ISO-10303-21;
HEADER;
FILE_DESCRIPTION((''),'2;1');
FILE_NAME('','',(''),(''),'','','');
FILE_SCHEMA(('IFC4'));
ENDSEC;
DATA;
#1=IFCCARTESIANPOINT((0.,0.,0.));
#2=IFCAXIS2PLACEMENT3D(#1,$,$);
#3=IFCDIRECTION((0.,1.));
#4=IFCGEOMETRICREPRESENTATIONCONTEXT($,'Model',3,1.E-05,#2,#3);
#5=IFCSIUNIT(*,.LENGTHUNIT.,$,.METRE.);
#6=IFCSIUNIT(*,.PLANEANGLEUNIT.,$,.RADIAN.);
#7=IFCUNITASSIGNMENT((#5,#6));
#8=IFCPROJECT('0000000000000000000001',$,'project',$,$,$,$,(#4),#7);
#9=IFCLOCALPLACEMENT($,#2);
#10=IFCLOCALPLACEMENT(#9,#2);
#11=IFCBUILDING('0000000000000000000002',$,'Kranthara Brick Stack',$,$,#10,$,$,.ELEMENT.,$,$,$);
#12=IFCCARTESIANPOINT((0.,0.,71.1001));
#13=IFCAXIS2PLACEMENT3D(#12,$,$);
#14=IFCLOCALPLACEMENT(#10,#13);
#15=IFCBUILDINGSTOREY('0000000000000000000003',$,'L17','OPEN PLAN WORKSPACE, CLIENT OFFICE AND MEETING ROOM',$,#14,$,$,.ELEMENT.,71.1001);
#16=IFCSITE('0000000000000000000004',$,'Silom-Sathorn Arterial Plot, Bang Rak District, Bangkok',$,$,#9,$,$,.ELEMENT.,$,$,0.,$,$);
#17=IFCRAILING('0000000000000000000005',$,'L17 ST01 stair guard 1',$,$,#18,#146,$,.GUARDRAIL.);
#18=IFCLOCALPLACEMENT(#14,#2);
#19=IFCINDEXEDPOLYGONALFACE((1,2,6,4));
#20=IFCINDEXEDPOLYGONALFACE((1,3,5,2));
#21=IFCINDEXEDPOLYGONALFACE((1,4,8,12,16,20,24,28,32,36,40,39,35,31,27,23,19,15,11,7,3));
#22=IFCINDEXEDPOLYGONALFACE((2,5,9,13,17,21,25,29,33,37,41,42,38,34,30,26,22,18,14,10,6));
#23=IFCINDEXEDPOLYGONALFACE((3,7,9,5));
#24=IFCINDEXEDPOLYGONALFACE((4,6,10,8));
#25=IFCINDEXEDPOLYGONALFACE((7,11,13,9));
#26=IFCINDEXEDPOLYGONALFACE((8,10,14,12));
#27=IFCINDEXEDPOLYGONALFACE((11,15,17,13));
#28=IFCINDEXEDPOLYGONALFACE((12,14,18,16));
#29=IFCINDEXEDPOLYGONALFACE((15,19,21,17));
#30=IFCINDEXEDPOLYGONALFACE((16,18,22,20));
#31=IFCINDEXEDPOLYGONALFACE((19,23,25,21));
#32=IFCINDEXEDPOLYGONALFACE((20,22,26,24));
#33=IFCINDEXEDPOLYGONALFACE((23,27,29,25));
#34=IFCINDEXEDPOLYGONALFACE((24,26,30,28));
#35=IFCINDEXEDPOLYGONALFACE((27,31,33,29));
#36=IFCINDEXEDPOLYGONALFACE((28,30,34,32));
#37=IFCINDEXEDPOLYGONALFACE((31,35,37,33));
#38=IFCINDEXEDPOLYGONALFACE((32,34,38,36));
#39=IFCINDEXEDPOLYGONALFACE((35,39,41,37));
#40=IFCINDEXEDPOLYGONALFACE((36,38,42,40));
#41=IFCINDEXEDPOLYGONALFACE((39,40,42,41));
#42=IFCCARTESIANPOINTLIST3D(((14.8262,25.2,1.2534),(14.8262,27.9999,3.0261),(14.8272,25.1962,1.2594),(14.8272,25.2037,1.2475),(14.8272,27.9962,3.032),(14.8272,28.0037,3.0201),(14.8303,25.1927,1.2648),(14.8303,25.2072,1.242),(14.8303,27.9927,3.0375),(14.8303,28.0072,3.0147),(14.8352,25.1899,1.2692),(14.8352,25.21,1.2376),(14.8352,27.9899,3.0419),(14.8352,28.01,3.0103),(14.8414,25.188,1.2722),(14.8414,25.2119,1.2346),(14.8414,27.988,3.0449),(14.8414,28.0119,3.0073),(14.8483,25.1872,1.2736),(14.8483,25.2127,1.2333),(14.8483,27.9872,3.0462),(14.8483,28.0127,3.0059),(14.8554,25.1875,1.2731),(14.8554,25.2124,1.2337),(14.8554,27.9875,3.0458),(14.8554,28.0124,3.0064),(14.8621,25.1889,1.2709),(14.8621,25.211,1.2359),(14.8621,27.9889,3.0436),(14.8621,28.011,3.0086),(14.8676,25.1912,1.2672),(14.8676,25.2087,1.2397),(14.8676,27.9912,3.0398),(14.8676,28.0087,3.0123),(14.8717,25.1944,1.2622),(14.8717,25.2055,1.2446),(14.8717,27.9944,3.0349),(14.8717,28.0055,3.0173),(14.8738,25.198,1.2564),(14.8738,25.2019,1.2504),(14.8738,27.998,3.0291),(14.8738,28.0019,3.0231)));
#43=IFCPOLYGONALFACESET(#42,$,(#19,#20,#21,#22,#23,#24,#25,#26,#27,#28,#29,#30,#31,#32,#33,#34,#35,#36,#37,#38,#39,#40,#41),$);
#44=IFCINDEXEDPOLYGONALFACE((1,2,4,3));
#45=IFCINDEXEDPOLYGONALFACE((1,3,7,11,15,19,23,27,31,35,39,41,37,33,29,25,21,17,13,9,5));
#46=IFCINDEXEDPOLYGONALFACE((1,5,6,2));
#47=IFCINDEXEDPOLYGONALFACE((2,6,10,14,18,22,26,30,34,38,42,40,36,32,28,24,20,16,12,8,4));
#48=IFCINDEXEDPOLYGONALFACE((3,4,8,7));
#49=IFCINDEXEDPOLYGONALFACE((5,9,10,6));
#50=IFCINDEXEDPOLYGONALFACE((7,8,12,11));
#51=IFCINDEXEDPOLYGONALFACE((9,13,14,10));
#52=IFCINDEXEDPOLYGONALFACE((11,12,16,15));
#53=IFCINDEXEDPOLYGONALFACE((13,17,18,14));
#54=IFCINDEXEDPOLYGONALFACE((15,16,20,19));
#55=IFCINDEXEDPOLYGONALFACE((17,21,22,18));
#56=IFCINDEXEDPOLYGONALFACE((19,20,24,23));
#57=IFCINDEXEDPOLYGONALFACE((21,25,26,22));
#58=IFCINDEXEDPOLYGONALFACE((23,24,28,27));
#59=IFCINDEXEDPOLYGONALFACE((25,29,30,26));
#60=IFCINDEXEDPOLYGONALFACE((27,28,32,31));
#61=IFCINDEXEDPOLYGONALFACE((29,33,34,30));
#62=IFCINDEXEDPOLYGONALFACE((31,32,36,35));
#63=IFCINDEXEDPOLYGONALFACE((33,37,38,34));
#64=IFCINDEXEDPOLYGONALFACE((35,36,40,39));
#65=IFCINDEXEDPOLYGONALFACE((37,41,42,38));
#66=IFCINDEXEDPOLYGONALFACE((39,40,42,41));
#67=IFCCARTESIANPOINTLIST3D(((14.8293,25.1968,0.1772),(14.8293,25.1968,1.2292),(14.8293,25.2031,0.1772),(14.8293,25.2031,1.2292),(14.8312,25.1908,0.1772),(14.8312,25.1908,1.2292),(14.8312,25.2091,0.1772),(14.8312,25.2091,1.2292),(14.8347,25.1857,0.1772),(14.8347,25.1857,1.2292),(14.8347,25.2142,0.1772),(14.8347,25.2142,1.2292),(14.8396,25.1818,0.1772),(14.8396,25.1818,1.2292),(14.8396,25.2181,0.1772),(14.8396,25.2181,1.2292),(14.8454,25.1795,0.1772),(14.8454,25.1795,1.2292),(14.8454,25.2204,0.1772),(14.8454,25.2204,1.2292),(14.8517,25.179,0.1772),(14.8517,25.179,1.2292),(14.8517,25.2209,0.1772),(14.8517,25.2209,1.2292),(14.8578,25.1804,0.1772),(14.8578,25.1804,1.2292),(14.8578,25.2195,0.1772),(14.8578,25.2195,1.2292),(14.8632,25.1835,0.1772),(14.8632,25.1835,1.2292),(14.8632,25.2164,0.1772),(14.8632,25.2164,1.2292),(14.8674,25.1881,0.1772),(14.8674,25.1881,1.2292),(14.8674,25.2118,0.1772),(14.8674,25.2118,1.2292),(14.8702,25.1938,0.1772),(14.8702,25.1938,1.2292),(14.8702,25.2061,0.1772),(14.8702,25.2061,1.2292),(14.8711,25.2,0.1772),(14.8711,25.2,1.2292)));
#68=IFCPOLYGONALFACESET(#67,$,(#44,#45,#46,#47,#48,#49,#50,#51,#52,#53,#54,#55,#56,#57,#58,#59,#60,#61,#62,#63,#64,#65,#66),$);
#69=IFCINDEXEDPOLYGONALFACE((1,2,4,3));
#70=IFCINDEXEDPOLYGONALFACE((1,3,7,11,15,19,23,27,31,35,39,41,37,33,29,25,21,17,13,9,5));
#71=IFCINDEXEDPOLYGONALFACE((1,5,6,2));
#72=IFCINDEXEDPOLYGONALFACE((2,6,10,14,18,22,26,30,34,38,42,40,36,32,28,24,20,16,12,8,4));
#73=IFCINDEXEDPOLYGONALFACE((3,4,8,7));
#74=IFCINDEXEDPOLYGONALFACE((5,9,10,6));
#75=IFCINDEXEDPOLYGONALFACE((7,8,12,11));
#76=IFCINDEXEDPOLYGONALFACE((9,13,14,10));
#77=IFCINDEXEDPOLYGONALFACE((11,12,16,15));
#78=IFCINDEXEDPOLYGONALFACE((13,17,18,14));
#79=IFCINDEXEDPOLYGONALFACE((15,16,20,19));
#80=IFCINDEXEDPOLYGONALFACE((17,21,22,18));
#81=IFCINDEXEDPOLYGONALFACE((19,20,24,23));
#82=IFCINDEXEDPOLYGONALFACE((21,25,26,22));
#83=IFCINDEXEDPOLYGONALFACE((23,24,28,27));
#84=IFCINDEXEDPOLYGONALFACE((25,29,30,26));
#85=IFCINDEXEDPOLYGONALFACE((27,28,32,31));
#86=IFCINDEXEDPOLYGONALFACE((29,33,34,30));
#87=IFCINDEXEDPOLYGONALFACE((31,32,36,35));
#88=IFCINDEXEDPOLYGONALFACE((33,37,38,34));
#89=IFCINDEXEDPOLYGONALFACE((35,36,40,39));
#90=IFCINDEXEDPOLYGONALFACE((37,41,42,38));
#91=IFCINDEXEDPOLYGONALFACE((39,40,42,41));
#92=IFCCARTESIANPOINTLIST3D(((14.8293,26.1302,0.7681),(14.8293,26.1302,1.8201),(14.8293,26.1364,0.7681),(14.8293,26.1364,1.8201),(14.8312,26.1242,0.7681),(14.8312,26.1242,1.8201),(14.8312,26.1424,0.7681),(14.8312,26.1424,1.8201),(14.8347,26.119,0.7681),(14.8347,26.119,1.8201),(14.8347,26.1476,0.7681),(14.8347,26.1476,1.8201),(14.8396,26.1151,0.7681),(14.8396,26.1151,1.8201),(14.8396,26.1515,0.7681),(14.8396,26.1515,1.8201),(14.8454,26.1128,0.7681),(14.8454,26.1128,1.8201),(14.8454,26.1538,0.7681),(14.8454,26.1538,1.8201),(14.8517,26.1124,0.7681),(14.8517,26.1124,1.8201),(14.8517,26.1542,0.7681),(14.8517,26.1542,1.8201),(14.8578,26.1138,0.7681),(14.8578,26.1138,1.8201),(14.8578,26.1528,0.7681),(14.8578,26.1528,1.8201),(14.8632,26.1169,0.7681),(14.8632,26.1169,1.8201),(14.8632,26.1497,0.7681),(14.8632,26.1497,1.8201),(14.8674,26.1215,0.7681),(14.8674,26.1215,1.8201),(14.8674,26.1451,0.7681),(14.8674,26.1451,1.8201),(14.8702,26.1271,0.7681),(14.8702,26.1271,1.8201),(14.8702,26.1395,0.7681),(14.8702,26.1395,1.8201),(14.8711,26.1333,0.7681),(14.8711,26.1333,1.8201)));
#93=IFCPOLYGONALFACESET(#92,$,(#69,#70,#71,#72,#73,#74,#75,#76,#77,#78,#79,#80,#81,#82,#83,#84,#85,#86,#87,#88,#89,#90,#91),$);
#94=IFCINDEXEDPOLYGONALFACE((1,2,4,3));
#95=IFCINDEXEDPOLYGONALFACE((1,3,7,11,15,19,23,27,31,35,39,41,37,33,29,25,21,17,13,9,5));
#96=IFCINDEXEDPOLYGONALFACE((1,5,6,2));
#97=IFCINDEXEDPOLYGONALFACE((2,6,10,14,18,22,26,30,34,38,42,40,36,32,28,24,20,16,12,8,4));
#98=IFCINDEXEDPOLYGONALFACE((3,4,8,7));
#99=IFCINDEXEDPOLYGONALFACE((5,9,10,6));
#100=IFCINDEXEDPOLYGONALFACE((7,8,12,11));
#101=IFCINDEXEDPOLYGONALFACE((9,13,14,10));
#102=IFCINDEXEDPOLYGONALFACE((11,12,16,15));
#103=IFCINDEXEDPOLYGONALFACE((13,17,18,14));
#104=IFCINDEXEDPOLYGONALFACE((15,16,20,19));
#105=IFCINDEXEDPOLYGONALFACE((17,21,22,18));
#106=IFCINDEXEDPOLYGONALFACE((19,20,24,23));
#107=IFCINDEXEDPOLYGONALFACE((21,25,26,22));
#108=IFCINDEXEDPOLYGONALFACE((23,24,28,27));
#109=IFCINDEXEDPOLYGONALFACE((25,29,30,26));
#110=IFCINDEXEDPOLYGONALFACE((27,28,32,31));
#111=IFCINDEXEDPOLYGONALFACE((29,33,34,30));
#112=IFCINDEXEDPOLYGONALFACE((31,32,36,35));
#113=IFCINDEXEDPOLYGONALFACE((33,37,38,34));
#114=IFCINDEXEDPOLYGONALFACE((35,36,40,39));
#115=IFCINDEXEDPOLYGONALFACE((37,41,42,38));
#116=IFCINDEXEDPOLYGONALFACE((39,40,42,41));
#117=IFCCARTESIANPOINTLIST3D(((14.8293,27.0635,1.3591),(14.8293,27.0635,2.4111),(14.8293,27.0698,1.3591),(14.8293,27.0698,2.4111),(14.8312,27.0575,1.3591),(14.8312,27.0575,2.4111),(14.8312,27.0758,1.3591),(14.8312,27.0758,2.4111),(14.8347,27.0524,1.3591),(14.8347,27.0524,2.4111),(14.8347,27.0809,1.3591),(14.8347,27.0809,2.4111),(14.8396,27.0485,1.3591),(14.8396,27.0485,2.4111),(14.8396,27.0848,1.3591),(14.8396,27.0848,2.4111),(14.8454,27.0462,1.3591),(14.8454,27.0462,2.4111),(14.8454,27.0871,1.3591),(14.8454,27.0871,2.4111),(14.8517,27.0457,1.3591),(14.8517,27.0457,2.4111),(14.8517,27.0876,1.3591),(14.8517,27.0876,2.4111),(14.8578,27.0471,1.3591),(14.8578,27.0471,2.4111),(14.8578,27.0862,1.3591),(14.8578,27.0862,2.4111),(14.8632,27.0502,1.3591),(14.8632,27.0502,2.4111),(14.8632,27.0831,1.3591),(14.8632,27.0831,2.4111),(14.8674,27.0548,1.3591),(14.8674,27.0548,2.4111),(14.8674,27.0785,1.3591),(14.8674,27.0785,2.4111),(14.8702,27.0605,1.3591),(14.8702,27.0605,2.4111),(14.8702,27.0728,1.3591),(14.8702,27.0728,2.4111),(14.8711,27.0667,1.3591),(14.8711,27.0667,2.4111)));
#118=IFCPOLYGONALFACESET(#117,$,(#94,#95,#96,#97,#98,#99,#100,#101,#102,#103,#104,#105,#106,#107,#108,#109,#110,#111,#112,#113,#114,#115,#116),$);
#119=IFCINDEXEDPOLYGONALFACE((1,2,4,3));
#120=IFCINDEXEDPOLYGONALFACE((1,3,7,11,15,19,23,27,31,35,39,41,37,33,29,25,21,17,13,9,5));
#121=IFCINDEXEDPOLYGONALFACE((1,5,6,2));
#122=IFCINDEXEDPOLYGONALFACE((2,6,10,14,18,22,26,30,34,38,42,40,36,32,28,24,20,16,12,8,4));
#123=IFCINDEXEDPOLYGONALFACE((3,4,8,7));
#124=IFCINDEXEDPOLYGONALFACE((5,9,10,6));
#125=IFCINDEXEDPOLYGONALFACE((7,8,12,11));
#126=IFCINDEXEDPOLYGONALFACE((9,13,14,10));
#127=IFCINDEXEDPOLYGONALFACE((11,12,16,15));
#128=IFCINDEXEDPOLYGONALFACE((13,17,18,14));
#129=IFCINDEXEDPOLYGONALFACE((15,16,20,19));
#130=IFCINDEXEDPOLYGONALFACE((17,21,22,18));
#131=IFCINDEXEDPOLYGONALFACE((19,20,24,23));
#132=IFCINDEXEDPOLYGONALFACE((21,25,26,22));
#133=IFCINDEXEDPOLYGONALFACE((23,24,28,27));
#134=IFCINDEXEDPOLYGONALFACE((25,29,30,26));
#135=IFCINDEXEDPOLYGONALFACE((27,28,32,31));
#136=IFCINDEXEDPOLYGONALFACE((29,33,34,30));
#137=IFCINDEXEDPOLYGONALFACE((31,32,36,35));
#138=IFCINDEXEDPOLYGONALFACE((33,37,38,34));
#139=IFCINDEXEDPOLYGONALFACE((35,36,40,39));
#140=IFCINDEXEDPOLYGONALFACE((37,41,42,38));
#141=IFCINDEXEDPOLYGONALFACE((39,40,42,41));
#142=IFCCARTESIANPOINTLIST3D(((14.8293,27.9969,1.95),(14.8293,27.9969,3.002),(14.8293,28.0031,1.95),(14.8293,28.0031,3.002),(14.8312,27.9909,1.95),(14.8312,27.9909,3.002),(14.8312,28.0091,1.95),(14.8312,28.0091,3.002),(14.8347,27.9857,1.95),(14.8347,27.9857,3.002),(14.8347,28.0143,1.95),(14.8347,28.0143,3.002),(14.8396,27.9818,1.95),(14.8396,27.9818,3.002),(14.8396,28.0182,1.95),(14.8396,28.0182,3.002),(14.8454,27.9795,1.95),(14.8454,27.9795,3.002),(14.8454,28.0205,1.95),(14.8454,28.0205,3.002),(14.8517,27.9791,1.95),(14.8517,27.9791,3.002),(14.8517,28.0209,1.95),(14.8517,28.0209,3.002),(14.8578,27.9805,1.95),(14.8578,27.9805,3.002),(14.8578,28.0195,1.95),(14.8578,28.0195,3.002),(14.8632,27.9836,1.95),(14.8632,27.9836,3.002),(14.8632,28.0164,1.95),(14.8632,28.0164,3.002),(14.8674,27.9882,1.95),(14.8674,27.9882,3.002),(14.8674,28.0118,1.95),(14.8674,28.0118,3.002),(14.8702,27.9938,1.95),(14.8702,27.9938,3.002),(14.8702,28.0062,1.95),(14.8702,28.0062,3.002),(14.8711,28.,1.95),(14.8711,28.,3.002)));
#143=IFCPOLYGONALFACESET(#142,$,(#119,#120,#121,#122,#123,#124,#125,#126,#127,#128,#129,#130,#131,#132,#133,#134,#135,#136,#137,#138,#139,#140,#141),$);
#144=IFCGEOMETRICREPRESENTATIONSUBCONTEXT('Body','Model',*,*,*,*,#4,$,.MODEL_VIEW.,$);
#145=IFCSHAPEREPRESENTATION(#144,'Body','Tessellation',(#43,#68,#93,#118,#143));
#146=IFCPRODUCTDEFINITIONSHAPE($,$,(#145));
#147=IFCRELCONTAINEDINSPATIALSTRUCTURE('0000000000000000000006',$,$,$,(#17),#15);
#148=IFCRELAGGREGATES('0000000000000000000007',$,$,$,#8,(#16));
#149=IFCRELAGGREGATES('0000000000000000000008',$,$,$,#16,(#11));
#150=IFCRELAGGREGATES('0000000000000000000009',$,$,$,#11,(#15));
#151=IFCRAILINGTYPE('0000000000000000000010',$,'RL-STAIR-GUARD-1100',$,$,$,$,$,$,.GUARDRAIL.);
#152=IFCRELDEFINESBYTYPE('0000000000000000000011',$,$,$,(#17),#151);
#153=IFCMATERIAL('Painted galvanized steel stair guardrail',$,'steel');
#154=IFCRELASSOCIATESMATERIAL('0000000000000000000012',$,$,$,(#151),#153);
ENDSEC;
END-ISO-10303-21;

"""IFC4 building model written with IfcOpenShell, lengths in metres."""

from ifc_helpers import new_model, si_unit, direction, frame, origin, origin_2d, place, context, subcontext, project, spatial, circle, extrude, material, type_object, element, save


model = new_model("IFC4")

# Units and contexts
model_context = context("Model", 3, precision=1e-05, world=origin(), true_north=direction((0.0, 1.0)))
body_context = subcontext(model_context, "Body", "Model", "MODEL_VIEW")
ifc_project = project(units=[si_unit("LENGTHUNIT", "METRE"), si_unit("PLANEANGLEUNIT", "RADIAN")], contexts=[model_context])

# Site, building, storey
site_placement = place(None, origin())
site = spatial("IfcSite", under=ifc_project, at=site_placement, Name="Silom-Sathorn Arterial Plot, Bang Rak District, Bangkok", CompositionType="ELEMENT", RefElevation=0.0)
building_placement = place(site_placement, origin())
building = spatial("IfcBuilding", under=site, at=building_placement, Name="Kranthara Brick Stack", CompositionType="ELEMENT")
storey_placement = place(building_placement, frame((0.0, 0.0, 71.1001)))
storey = spatial("IfcBuildingStorey", under=building, at=storey_placement, Name="L17", Description="OPEN PLAN WORKSPACE, CLIENT OFFICE AND MEETING ROOM", CompositionType="ELEMENT", Elevation=71.1001)

# Railing
ifc_material_1 = material(Name="Painted galvanized steel stair guardrail", Category="steel")
railing_type_1 = type_object("IfcRailingType", Name="RL-STAIR-GUARD-1100", PredefinedType="GUARDRAIL", material=ifc_material_1)
railing_1_placement = place(storey_placement, frame((14.8501, 25.2, 0.1772)))
element("IfcRailing", 1, at=railing_1_placement, inside=storey, type_object=railing_type_1, Name="L17 ST01 stair guard 1", PredefinedType="GUARDRAIL", context=body_context, shape_type="SweptSolid", body=[
    extrude(circle(Radius=0.0239, at=origin_2d()), frame((0.0, 0.0, 1.0762), z_axis=(0.0, 0.844909, 0.53491), x_axis=(-1.0, 0.0, 0.0)), (0.0, 0.0, 1.0), 3.314),
    extrude(circle(Radius=0.021, at=origin_2d()), origin(), (0.0, 0.0, 1.0), 1.052),
    extrude(circle(Radius=0.021, at=origin_2d()), frame((0.0, 0.9333, 0.5908)), (0.0, 0.0, 1.0), 1.052),
    extrude(circle(Radius=0.021, at=origin_2d()), frame((0.0, 1.8667, 1.1819)), (0.0, 0.0, 1.0), 1.052),
    extrude(circle(Radius=0.021, at=origin_2d()), frame((0.0, 2.8, 1.7727)), (0.0, 0.0, 1.0), 1.052),
])

save(model, "model.ifc")
